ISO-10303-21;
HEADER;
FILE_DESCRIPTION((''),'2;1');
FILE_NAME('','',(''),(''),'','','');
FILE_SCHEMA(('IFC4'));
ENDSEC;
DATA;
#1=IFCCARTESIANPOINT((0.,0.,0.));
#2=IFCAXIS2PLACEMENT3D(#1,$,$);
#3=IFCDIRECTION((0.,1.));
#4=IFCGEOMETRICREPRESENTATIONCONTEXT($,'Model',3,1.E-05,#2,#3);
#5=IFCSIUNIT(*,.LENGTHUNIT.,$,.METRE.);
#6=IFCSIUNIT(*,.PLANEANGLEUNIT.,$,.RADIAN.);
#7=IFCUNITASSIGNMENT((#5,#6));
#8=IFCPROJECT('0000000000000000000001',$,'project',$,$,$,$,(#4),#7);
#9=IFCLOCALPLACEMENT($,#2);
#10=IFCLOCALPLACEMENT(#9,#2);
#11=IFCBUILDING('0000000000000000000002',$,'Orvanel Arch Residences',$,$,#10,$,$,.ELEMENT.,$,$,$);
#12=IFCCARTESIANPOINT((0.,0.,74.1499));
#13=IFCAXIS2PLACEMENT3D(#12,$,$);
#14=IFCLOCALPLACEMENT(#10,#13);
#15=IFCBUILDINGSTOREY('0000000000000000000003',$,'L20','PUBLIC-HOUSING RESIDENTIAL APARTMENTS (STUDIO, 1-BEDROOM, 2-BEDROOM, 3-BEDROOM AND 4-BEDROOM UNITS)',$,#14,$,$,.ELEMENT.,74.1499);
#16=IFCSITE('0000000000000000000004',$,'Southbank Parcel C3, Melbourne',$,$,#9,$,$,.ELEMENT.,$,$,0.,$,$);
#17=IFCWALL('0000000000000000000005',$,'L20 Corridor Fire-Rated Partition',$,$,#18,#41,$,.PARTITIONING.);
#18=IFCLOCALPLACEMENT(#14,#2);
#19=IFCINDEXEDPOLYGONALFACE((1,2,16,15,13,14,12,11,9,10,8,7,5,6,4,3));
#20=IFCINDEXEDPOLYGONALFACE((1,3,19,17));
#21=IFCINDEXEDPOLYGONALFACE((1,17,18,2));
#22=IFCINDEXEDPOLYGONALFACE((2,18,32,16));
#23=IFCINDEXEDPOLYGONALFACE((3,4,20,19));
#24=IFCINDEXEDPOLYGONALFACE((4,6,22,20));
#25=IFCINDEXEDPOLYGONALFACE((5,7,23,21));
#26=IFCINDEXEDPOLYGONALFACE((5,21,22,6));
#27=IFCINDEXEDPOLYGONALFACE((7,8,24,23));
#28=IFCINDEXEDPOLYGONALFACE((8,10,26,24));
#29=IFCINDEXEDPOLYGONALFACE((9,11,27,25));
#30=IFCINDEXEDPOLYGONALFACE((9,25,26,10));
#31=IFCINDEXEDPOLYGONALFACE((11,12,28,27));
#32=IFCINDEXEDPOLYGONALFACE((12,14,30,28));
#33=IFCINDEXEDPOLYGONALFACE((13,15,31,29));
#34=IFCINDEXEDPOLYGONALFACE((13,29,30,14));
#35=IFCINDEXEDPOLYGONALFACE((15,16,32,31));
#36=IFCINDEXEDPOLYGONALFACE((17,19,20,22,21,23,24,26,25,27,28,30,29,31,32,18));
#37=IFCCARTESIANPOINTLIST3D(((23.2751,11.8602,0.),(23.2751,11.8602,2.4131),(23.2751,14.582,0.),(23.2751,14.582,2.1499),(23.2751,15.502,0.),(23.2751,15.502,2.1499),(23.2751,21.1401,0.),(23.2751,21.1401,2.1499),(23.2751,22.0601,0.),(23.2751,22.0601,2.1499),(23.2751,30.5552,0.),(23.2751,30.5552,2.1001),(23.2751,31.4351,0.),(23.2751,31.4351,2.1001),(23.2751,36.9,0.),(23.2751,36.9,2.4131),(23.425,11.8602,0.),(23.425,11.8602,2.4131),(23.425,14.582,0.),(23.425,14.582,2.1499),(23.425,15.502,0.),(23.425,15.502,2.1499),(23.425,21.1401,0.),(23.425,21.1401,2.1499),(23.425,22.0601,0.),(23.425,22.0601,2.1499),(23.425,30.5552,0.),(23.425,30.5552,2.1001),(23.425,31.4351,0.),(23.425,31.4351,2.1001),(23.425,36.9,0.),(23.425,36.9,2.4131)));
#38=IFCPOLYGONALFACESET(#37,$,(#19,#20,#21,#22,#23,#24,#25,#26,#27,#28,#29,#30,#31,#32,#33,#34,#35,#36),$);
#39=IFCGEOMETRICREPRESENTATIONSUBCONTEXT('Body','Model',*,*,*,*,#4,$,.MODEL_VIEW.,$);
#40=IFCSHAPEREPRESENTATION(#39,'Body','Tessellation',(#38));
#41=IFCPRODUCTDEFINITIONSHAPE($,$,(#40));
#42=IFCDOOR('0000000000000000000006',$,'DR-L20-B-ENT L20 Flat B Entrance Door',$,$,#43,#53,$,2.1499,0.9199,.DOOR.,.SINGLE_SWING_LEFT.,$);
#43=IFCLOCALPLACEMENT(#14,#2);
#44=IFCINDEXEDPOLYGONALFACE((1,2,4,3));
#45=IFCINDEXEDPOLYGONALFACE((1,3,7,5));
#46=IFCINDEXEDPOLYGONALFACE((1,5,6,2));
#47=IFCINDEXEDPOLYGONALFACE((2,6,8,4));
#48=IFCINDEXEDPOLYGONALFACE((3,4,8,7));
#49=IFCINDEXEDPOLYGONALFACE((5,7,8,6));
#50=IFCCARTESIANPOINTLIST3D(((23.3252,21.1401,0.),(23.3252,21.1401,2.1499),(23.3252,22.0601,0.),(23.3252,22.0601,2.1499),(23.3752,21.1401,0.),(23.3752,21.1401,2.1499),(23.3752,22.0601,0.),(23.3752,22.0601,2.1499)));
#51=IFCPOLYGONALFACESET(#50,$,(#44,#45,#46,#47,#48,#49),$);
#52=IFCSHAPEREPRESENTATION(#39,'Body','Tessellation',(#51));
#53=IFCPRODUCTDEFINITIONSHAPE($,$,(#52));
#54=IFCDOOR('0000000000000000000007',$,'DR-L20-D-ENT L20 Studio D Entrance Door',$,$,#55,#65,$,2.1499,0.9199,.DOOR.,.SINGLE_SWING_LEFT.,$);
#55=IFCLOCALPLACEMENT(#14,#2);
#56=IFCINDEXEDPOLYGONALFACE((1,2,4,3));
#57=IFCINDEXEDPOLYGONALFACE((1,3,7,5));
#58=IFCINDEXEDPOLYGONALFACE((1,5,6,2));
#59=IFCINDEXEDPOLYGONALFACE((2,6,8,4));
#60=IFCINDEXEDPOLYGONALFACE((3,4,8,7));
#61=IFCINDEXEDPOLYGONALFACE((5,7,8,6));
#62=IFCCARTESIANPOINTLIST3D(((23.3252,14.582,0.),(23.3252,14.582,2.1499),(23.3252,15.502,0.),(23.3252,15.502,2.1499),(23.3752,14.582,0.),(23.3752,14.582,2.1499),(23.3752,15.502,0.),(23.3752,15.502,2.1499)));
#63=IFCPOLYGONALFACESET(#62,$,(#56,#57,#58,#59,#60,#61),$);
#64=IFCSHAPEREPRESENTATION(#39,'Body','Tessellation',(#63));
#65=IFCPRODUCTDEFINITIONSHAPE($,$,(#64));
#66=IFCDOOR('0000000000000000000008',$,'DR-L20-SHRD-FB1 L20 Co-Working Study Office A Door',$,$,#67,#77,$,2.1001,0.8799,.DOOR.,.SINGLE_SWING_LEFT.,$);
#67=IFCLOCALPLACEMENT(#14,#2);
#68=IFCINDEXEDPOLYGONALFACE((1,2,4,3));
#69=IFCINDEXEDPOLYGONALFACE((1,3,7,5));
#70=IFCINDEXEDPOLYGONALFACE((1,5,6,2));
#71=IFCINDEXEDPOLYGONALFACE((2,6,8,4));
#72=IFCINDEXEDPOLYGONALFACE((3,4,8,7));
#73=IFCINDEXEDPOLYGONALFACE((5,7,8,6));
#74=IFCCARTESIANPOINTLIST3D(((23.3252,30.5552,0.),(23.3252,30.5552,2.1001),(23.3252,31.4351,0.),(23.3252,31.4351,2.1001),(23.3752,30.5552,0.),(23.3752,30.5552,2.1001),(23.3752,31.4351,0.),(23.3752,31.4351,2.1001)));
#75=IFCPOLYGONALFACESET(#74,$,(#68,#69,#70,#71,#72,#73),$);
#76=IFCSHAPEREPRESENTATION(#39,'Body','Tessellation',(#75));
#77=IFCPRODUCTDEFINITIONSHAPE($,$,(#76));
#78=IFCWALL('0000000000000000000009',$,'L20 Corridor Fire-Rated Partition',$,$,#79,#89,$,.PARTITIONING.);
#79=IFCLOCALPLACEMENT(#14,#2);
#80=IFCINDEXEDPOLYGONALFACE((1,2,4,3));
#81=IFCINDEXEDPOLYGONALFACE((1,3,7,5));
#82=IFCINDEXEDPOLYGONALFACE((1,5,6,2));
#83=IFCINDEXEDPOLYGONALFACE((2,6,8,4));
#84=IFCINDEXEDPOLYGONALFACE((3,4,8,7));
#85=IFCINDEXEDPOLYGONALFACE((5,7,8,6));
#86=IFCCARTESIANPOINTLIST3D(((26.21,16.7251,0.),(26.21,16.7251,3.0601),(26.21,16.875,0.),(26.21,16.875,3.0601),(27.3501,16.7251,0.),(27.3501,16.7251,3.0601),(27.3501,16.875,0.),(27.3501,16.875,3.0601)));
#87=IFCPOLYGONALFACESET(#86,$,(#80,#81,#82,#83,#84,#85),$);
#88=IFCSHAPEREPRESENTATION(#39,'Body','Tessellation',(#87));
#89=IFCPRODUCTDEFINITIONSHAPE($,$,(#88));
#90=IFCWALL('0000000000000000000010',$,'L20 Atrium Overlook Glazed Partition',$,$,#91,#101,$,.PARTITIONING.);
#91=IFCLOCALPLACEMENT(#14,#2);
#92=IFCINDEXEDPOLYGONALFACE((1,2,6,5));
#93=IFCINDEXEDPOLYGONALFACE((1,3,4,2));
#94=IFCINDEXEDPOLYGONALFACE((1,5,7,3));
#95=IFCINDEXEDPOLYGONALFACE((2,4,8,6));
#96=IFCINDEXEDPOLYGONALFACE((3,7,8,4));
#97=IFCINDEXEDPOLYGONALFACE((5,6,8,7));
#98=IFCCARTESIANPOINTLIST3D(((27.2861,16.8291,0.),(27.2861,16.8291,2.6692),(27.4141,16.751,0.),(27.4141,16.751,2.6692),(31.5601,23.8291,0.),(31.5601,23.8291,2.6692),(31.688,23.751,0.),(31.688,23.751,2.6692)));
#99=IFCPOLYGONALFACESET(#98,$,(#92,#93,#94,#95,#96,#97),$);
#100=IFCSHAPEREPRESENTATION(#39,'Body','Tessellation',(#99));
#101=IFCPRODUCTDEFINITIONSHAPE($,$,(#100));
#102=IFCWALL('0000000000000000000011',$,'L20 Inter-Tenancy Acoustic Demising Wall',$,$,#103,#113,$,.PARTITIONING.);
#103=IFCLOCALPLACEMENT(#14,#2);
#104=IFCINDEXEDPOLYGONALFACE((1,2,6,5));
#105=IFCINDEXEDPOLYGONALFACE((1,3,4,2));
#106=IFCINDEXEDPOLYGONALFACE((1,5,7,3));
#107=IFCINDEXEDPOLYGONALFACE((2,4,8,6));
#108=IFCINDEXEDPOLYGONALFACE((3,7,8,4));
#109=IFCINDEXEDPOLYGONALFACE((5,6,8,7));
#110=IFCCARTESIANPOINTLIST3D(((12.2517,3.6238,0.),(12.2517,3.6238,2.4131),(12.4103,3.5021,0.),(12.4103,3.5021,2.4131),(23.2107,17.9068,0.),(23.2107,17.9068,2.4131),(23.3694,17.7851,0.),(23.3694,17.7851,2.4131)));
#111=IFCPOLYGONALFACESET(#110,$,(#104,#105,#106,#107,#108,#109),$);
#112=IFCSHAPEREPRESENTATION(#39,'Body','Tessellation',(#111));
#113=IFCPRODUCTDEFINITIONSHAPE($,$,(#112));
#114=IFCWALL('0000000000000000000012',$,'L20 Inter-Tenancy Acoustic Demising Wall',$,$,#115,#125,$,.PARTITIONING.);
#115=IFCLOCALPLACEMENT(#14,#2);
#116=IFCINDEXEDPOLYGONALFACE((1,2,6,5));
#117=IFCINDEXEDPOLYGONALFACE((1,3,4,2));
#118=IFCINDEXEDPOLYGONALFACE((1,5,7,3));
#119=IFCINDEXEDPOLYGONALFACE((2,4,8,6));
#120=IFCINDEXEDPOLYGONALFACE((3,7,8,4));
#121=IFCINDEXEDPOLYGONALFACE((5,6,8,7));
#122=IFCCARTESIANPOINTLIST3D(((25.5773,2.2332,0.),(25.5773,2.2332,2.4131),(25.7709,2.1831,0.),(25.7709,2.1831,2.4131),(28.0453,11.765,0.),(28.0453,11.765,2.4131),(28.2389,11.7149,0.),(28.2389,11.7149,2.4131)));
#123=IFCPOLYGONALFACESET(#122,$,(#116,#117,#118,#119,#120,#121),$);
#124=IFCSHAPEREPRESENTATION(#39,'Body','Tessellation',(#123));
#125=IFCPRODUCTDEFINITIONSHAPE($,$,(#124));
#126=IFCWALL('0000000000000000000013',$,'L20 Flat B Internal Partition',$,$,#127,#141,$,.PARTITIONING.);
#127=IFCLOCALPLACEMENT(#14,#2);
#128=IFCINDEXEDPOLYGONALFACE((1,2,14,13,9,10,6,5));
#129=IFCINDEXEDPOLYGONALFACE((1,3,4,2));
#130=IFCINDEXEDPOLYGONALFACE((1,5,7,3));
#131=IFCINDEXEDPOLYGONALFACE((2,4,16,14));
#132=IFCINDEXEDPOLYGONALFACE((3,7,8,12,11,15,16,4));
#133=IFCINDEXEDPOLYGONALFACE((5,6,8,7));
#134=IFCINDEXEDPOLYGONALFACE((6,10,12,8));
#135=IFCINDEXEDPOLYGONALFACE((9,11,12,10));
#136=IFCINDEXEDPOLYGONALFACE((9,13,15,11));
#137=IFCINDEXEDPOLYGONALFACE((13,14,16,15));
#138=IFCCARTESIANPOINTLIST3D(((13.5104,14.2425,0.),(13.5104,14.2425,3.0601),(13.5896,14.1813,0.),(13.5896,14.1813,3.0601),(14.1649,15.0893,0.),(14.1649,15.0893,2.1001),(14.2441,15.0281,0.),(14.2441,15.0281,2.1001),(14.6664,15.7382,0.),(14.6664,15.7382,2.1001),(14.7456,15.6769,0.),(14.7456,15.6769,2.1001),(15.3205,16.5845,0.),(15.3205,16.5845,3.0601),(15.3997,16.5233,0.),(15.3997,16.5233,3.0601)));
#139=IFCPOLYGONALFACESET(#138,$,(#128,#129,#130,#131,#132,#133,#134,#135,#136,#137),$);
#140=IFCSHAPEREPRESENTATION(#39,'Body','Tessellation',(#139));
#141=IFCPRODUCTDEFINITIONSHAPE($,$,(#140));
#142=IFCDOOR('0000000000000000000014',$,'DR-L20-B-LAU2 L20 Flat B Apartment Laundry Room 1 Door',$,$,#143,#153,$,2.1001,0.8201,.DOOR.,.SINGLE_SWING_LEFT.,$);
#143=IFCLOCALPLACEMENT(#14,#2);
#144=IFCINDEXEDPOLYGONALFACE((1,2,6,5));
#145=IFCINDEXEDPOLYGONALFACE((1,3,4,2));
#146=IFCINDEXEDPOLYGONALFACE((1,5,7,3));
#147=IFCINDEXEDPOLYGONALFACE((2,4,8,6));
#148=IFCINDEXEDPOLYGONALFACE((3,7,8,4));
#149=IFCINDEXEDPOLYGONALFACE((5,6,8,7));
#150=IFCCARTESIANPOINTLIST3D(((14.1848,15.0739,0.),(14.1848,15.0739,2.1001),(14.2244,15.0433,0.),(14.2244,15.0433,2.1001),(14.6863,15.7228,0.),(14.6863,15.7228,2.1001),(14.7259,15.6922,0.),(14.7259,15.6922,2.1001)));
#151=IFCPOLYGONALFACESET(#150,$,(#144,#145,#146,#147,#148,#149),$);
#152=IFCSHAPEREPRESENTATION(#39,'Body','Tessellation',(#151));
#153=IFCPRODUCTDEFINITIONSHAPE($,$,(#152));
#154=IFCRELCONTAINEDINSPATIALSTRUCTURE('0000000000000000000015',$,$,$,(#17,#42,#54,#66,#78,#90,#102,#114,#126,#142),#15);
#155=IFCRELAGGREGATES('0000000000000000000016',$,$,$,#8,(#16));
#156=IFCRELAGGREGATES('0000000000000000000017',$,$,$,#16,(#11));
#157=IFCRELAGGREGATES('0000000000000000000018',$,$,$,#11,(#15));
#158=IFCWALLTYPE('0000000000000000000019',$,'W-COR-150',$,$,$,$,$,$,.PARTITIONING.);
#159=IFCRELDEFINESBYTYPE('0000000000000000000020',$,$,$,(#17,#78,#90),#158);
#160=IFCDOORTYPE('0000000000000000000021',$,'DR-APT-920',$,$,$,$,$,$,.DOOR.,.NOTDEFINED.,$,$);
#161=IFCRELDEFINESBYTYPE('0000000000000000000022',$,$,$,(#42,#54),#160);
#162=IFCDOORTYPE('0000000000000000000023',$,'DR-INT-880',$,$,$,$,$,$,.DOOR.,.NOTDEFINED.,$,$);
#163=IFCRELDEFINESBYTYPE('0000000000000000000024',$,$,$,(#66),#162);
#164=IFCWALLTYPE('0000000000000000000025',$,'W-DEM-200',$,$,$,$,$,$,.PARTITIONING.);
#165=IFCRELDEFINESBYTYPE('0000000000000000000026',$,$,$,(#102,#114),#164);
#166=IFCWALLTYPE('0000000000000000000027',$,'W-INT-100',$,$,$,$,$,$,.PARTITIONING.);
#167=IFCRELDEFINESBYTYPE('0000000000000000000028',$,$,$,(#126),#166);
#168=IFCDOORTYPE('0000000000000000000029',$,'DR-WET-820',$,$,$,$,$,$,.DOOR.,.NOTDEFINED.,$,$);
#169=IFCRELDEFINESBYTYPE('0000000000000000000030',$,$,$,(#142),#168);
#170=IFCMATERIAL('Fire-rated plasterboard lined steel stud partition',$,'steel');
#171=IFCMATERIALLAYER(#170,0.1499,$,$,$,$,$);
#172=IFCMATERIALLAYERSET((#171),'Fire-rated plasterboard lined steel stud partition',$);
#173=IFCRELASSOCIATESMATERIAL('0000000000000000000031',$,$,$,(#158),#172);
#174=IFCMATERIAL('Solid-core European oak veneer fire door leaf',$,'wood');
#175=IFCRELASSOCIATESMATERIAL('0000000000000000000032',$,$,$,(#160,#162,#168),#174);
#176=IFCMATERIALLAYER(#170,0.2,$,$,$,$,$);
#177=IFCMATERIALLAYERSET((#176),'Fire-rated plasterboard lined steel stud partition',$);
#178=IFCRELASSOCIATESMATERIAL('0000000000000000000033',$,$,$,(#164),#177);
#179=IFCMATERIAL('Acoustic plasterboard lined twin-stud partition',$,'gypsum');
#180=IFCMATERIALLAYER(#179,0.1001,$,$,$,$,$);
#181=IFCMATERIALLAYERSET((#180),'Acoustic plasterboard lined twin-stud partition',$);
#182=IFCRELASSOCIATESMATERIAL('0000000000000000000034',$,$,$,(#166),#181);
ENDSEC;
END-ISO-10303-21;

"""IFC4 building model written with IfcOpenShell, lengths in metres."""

from ifc_helpers import new_model, si_unit, direction, frame, frame_2d, origin, place, context, subcontext, project, spatial, rectangle, extrude, material, layer, layer_set, type_object, element, fill, save


model = new_model("IFC4")

# Units and contexts
model_context = context("Model", 3, precision=1e-05, world=origin(), true_north=direction((0.0, 1.0)))
body_context = subcontext(model_context, "Body", "Model", "MODEL_VIEW")
ifc_project = project(units=[si_unit("LENGTHUNIT", "METRE"), si_unit("PLANEANGLEUNIT", "RADIAN")], contexts=[model_context])

# Site, building, storey
site_placement = place(None, origin())
site = spatial("IfcSite", under=ifc_project, at=site_placement, Name="Southbank Parcel C3, Melbourne", CompositionType="ELEMENT", RefElevation=0.0)
building_placement = place(site_placement, origin())
building = spatial("IfcBuilding", under=site, at=building_placement, Name="Orvanel Arch Residences", CompositionType="ELEMENT")
storey_placement = place(building_placement, frame((0.0, 0.0, 74.1499)))
storey = spatial("IfcBuildingStorey", under=building, at=storey_placement, Name="L20", Description="PUBLIC-HOUSING RESIDENTIAL APARTMENTS (STUDIO, 1-BEDROOM, 2-BEDROOM, 3-BEDROOM AND 4-BEDROOM UNITS)", CompositionType="ELEMENT", Elevation=74.1499)

# Wall, openings, doors
ifc_material_1 = material(Name="Fire-rated plasterboard lined steel stud partition", Category="steel")
ifc_layer_1 = layer(ifc_material_1, 0.1499)
ifc_layer_set_1 = layer_set([ifc_layer_1], Name="Fire-rated plasterboard lined steel stud partition")
wall_type_1 = type_object("IfcWallType", Name="W-COR-150", PredefinedType="PARTITIONING", material=ifc_layer_set_1)
wall_1_placement = place(storey_placement, frame((23.3501, 11.8601, 0.0), z_axis=(0.0, 0.0, 1.0), x_axis=(0.0, 1.0, 0.0)))
wall_1 = element("IfcWall", 1, at=wall_1_placement, inside=storey, type_object=wall_type_1, Name="L20 Corridor Fire-Rated Partition", PredefinedType="PARTITIONING", context=body_context, shape_type="SweptSolid", body=[
    extrude(rectangle(XDim=25.0398, YDim=0.1499, at=frame_2d((12.52, 0.0))), origin(), (0.0, 0.0, 1.0), 2.4131),
])
opening_1_placement = place(wall_1_placement, frame((18.6951, 0.0, 0.0)))
opening_1 = element("IfcOpeningElement", 2, at=opening_1_placement, cuts=wall_1, PredefinedType="OPENING", context=body_context, shape_type="SweptSolid", body=[
    extrude(rectangle(XDim=0.8799, YDim=2.1001, at=frame_2d((0.4399, 1.05))), frame((0.0, 0.085, 0.0), z_axis=(0.0, -1.0, 0.0), x_axis=(1.0, 0.0, 0.0)), (0.0, 0.0, 1.0), 0.1699),
])
opening_2_placement = place(wall_1_placement, frame((9.28, 0.0, 0.0)))
opening_2 = element("IfcOpeningElement", 3, at=opening_2_placement, cuts=wall_1, PredefinedType="OPENING", context=body_context, shape_type="SweptSolid", body=[
    extrude(rectangle(XDim=0.9199, YDim=2.1499, at=frame_2d((0.46, 1.075))), frame((0.0, 0.085, 0.0), z_axis=(0.0, -1.0, 0.0), x_axis=(1.0, 0.0, 0.0)), (0.0, 0.0, 1.0), 0.1699),
])
opening_3_placement = place(wall_1_placement, frame((2.7219, 0.0, 0.0)))
opening_3 = element("IfcOpeningElement", 4, at=opening_3_placement, cuts=wall_1, PredefinedType="OPENING", context=body_context, shape_type="SweptSolid", body=[
    extrude(rectangle(XDim=0.9199, YDim=2.1499, at=frame_2d((0.46, 1.075))), frame((0.0, 0.085, 0.0), z_axis=(0.0, -1.0, 0.0), x_axis=(1.0, 0.0, 0.0)), (0.0, 0.0, 1.0), 0.1699),
])
ifc_material_2 = material(Name="Solid-core European oak veneer fire door leaf", Category="wood")
door_type_1 = type_object("IfcDoorType", Name="DR-APT-920", OperationType="NOTDEFINED", PredefinedType="DOOR", material=ifc_material_2)
door_1_placement = place(opening_2_placement, origin())
door_1 = element("IfcDoor", 5, at=door_1_placement, inside=storey, type_object=door_type_1, Name="DR-L20-B-ENT L20 Flat B Entrance Door", OperationType="SINGLE_SWING_LEFT", OverallHeight=2.1499, OverallWidth=0.9199, PredefinedType="DOOR", context=body_context, shape_type="SweptSolid", body=[
    extrude(rectangle(XDim=0.9199, YDim=2.1499, at=frame_2d((0.46, 1.075))), frame((0.0, 0.0249, 0.0), z_axis=(0.0, -1.0, 0.0), x_axis=(1.0, 0.0, 0.0)), (0.0, 0.0, 1.0), 0.05),
])
fill(opening_2, door_1)
door_2_placement = place(opening_3_placement, origin())
door_2 = element("IfcDoor", 6, at=door_2_placement, inside=storey, type_object=door_type_1, Name="DR-L20-D-ENT L20 Studio D Entrance Door", OperationType="SINGLE_SWING_LEFT", OverallHeight=2.1499, OverallWidth=0.9199, PredefinedType="DOOR", context=body_context, shape_type="SweptSolid", body=[
    extrude(rectangle(XDim=0.9199, YDim=2.1499, at=frame_2d((0.46, 1.075))), frame((0.0, 0.0249, 0.0), z_axis=(0.0, -1.0, 0.0), x_axis=(1.0, 0.0, 0.0)), (0.0, 0.0, 1.0), 0.05),
])
fill(opening_3, door_2)
door_type_2 = type_object("IfcDoorType", Name="DR-INT-880", OperationType="NOTDEFINED", PredefinedType="DOOR", material=ifc_material_2)
door_3_placement = place(opening_1_placement, origin())
door_3 = element("IfcDoor", 7, at=door_3_placement, inside=storey, type_object=door_type_2, Name="DR-L20-SHRD-FB1 L20 Co-Working Study Office A Door", OperationType="SINGLE_SWING_LEFT", OverallHeight=2.1001, OverallWidth=0.8799, PredefinedType="DOOR", context=body_context, shape_type="SweptSolid", body=[
    extrude(rectangle(XDim=0.8799, YDim=2.1001, at=frame_2d((0.4399, 1.05))), frame((0.0, 0.0249, 0.0), z_axis=(0.0, -1.0, 0.0), x_axis=(1.0, 0.0, 0.0)), (0.0, 0.0, 1.0), 0.05),
])
fill(opening_1, door_3)

# Walls
wall_2_placement = place(storey_placement, frame((26.21, 16.8, 0.0), z_axis=(0.0, 0.0, 1.0), x_axis=(1.0, 0.0, 0.0)))
element("IfcWall", 8, at=wall_2_placement, inside=storey, type_object=wall_type_1, Name="L20 Corridor Fire-Rated Partition", PredefinedType="PARTITIONING", context=body_context, shape_type="SweptSolid", body=[
    extrude(rectangle(XDim=1.1401, YDim=0.1499, at=frame_2d((0.5701, 0.0))), origin(), (0.0, 0.0, 1.0), 3.0601),
])
wall_3_placement = place(storey_placement, frame((27.3501, 16.79, 0.0), z_axis=(0.0, 0.0, 1.0), x_axis=(0.521108, 0.853491, 0.0)))
element("IfcWall", 9, at=wall_3_placement, inside=storey, type_object=wall_type_1, Name="L20 Atrium Overlook Glazed Partition", PredefinedType="PARTITIONING", context=body_context, shape_type="SweptSolid", body=[
    extrude(rectangle(XDim=8.2017, YDim=0.1499, at=frame_2d((4.1008, 0.0))), origin(), (0.0, 0.0, 1.0), 2.6692),
])
ifc_layer_2 = layer(ifc_material_1, 0.2)
ifc_layer_set_2 = layer_set([ifc_layer_2], Name="Fire-rated plasterboard lined steel stud partition")
wall_type_2 = type_object("IfcWallType", Name="W-DEM-200", PredefinedType="PARTITIONING", material=ifc_layer_set_2)
wall_4_placement = place(storey_placement, frame((23.29, 17.8459, 0.0), z_axis=(0.0, 0.0, 1.0), x_axis=(-0.608736, -0.793373, 0.0)))
element("IfcWall", 10, at=wall_4_placement, inside=storey, type_object=wall_type_2, Name="L20 Inter-Tenancy Acoustic Demising Wall", PredefinedType="PARTITIONING", context=body_context, shape_type="SweptSolid", body=[
    extrude(rectangle(XDim=18.0029, YDim=0.2, at=frame_2d((9.0015, 0.0))), origin(), (0.0, 0.0, 1.0), 2.4131),
])
wall_5_placement = place(storey_placement, frame((28.1421, 11.74, 0.0), z_axis=(0.0, 0.0, 1.0), x_axis=(-0.250654, -0.968077, 0.0)))
element("IfcWall", 11, at=wall_5_placement, inside=storey, type_object=wall_type_2, Name="L20 Inter-Tenancy Acoustic Demising Wall", PredefinedType="PARTITIONING", context=body_context, shape_type="SweptSolid", body=[
    extrude(rectangle(XDim=9.8462, YDim=0.2, at=frame_2d((4.9231, 0.0))), origin(), (0.0, 0.0, 1.0), 2.4131),
])

# Wall, opening, door
ifc_material_3 = material(Name="Acoustic plasterboard lined twin-stud partition", Category="gypsum")
ifc_layer_3 = layer(ifc_material_3, 0.1001)
ifc_layer_set_3 = layer_set([ifc_layer_3], Name="Acoustic plasterboard lined twin-stud partition")
wall_type_3 = type_object("IfcWallType", Name="W-INT-100", PredefinedType="PARTITIONING", material=ifc_layer_set_3)
wall_6_placement = place(storey_placement, frame((13.55, 14.2119, 0.0), z_axis=(0.0, 0.0, 1.0), x_axis=(0.611511, 0.791236, 0.0)))
wall_6 = element("IfcWall", 12, at=wall_6_placement, inside=storey, type_object=wall_type_3, Name="L20 Flat B Internal Partition", PredefinedType="PARTITIONING", context=body_context, shape_type="SweptSolid", body=[
    extrude(rectangle(XDim=2.96, YDim=0.1001, at=frame_2d((1.48, 0.0))), origin(), (0.0, 0.0, 1.0), 3.0601),
])
opening_4_placement = place(wall_6_placement, frame((1.0701, 0.0, 0.0)))
opening_4 = element("IfcOpeningElement", 13, at=opening_4_placement, cuts=wall_6, PredefinedType="OPENING", context=body_context, shape_type="SweptSolid", body=[
    extrude(rectangle(XDim=0.8201, YDim=2.1001, at=frame_2d((0.4102, 1.05))), frame((0.0, 0.0601, 0.0), z_axis=(0.0, -1.0, 0.0), x_axis=(1.0, 0.0, 0.0)), (0.0, 0.0, 1.0), 0.1201),
])
door_type_3 = type_object("IfcDoorType", Name="DR-WET-820", OperationType="NOTDEFINED", PredefinedType="DOOR", material=ifc_material_2)
door_4_placement = place(opening_4_placement, origin())
door_4 = element("IfcDoor", 14, at=door_4_placement, inside=storey, type_object=door_type_3, Name="DR-L20-B-LAU2 L20 Flat B Apartment Laundry Room 1 Door", OperationType="SINGLE_SWING_LEFT", OverallHeight=2.1001, OverallWidth=0.8201, PredefinedType="DOOR", context=body_context, shape_type="SweptSolid", body=[
    extrude(rectangle(XDim=0.8201, YDim=2.1001, at=frame_2d((0.4102, 1.05))), frame((0.0, 0.0249, 0.0), z_axis=(0.0, -1.0, 0.0), x_axis=(1.0, 0.0, 0.0)), (0.0, 0.0, 1.0), 0.05),
])
fill(opening_4, door_4)

save(model, "model.ifc")
